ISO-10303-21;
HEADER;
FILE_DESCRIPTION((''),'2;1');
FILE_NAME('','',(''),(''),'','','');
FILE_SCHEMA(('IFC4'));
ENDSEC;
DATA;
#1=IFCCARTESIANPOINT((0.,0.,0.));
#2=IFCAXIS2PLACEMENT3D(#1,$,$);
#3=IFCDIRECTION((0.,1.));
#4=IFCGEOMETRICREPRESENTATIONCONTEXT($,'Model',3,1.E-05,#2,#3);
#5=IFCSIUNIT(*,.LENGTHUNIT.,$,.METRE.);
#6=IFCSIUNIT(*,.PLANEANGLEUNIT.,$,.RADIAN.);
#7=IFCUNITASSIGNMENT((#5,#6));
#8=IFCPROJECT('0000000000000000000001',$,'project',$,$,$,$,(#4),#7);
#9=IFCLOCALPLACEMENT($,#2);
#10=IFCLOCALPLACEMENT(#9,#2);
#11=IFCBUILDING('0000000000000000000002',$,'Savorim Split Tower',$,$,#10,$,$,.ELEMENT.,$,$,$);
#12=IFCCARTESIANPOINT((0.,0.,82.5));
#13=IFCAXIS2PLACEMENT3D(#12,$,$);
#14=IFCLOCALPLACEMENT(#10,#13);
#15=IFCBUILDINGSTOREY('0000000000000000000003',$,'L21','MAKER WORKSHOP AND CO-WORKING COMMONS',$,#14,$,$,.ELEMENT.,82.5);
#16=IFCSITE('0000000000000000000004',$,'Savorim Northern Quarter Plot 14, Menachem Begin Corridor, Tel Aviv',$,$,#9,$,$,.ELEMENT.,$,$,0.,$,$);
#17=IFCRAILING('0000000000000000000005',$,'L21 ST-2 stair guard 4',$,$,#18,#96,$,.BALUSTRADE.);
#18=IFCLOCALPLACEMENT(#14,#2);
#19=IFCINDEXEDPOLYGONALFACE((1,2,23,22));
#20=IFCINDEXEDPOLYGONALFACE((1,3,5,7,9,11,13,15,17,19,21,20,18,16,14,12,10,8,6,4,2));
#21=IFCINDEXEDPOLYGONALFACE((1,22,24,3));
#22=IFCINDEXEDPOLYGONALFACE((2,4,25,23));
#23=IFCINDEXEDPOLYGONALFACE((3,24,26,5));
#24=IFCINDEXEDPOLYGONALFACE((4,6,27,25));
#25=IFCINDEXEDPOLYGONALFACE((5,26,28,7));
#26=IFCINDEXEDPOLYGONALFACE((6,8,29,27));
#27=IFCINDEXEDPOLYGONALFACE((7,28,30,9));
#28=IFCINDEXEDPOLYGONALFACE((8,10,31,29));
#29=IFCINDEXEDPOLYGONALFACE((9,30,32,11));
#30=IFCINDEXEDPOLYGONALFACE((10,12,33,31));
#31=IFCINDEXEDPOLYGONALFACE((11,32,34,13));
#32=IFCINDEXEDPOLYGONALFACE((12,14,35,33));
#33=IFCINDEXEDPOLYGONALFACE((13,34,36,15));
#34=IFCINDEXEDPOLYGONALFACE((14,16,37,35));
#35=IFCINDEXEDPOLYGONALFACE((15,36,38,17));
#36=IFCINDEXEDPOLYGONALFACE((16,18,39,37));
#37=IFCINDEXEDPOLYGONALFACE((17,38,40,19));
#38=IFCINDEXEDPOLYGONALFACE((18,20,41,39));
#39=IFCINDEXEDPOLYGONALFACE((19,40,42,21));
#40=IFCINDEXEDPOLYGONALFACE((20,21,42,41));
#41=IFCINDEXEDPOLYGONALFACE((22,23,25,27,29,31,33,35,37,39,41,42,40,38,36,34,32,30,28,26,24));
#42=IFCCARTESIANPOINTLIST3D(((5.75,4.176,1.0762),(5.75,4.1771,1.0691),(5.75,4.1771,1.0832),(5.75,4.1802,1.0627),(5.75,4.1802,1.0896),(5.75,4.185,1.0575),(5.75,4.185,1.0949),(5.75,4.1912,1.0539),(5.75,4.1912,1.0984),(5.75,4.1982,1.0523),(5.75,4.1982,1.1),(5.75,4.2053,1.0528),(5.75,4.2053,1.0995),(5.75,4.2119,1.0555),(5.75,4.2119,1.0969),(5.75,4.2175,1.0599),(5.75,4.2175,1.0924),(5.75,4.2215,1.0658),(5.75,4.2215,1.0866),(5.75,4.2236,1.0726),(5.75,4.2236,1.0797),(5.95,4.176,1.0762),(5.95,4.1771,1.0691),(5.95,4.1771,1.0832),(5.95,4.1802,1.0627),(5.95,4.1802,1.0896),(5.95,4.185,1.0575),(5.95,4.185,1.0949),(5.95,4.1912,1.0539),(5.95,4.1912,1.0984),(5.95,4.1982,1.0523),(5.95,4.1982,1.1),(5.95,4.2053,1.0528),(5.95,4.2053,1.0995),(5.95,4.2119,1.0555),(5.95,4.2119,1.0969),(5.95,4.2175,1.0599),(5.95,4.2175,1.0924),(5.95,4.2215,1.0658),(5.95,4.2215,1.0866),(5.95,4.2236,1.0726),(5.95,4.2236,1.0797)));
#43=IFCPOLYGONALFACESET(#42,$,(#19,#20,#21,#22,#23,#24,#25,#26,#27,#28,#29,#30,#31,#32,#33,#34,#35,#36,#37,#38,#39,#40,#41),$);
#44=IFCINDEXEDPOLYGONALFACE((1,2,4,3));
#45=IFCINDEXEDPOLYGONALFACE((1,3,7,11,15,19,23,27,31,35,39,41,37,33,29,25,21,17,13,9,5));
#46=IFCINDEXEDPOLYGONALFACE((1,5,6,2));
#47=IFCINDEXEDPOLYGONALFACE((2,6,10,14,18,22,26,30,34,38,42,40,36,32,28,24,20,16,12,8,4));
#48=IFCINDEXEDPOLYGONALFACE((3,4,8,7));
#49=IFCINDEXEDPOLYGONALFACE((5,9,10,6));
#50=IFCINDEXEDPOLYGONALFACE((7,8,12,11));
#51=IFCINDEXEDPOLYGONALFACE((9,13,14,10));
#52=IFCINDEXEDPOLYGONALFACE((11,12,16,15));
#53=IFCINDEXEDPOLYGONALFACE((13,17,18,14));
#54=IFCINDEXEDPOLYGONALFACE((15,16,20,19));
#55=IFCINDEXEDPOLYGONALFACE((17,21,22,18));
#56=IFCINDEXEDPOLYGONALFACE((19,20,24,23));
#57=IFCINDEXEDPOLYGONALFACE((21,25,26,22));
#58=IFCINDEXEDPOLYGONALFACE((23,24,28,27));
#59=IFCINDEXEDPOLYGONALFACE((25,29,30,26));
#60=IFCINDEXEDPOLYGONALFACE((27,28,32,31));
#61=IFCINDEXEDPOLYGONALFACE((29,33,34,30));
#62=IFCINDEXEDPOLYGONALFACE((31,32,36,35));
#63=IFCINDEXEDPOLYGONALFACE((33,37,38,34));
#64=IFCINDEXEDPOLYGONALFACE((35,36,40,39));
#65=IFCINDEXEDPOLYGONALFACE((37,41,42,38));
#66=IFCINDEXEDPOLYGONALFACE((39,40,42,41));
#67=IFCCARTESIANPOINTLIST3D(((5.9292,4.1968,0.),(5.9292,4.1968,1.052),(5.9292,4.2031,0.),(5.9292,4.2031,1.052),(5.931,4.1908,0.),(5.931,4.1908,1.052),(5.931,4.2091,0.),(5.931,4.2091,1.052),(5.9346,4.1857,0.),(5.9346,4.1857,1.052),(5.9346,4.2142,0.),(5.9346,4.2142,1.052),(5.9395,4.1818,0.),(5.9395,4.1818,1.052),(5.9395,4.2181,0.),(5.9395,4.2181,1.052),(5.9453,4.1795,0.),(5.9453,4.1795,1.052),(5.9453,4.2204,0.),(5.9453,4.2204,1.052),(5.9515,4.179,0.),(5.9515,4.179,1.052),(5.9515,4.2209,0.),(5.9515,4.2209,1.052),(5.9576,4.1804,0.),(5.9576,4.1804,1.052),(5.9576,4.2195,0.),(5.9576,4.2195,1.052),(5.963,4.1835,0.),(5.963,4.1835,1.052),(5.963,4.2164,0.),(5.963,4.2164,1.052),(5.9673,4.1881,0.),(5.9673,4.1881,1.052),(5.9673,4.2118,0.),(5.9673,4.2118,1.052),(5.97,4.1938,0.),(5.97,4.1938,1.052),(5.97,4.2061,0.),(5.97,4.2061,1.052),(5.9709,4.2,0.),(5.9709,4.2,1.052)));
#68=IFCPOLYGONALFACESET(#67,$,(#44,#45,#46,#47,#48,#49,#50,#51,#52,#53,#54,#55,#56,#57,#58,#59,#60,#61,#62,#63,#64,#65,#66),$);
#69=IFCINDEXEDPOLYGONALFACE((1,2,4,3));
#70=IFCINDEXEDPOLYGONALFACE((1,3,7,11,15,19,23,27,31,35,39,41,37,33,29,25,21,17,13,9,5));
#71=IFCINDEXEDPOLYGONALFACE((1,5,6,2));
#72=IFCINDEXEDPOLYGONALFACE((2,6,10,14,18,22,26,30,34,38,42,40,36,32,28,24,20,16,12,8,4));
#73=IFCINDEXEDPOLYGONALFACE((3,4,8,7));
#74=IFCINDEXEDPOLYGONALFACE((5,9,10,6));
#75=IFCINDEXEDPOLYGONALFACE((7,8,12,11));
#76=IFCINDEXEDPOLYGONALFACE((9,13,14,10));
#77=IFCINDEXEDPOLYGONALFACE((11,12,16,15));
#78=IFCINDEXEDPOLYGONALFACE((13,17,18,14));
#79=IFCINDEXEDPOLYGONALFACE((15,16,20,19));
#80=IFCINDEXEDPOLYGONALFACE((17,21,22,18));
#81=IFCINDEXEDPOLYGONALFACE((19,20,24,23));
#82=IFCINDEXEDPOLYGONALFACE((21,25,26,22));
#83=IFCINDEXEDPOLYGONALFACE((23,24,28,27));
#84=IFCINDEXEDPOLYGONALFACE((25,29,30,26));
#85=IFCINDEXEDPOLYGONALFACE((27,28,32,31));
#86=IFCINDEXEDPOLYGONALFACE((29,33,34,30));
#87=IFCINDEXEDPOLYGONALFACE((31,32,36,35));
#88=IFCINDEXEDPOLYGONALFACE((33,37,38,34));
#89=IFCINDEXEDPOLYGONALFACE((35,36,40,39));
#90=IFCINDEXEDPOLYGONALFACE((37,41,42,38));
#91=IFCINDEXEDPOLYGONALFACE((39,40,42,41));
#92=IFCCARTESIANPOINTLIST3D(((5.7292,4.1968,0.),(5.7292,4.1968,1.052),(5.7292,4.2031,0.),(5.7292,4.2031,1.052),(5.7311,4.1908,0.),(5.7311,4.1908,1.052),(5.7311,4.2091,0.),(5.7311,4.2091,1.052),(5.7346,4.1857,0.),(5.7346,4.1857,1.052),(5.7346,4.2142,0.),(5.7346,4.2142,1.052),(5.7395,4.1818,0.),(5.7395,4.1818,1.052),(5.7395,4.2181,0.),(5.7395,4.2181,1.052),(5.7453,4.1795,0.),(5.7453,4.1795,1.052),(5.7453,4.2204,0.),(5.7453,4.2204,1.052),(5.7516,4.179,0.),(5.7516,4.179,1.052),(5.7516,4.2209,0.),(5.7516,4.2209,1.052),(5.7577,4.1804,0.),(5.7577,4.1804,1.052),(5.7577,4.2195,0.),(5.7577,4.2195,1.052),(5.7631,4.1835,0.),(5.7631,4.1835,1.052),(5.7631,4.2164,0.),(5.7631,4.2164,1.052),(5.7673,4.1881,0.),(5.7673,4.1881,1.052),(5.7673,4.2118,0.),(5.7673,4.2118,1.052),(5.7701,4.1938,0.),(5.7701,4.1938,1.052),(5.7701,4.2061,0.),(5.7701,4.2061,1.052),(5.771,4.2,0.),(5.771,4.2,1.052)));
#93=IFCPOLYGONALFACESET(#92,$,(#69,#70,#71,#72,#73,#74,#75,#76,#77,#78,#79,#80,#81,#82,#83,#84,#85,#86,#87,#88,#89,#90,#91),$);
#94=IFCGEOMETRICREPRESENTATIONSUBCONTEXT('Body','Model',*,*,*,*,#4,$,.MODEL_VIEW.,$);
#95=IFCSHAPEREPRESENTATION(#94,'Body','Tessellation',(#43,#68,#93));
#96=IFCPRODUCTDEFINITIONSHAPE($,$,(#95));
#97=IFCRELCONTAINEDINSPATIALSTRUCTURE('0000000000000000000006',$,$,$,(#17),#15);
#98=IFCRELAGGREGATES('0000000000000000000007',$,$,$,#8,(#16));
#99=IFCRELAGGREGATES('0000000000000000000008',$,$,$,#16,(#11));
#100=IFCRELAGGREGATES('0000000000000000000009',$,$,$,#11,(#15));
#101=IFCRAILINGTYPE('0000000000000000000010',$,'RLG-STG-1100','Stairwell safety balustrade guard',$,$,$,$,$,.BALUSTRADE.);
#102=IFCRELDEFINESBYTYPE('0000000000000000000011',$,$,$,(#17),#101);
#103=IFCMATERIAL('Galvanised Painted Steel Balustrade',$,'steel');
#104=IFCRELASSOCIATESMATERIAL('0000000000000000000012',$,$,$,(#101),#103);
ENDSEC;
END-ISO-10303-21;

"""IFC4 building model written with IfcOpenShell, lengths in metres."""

from ifc_helpers import new_model, si_unit, direction, frame, origin, origin_2d, place, context, subcontext, project, spatial, circle, extrude, material, type_object, element, save


model = new_model("IFC4")

# Units and contexts
model_context = context("Model", 3, precision=1e-05, world=origin(), true_north=direction((0.0, 1.0)))
body_context = subcontext(model_context, "Body", "Model", "MODEL_VIEW")
ifc_project = project(units=[si_unit("LENGTHUNIT", "METRE"), si_unit("PLANEANGLEUNIT", "RADIAN")], contexts=[model_context])

# Site, building, storey
site_placement = place(None, origin())
site = spatial("IfcSite", under=ifc_project, at=site_placement, Name="Savorim Northern Quarter Plot 14, Menachem Begin Corridor, Tel Aviv", CompositionType="ELEMENT", RefElevation=0.0)
building_placement = place(site_placement, origin())
building = spatial("IfcBuilding", under=site, at=building_placement, Name="Savorim Split Tower", CompositionType="ELEMENT")
storey_placement = place(building_placement, frame((0.0, 0.0, 82.5)))
storey = spatial("IfcBuildingStorey", under=building, at=storey_placement, Name="L21", Description="MAKER WORKSHOP AND CO-WORKING COMMONS", CompositionType="ELEMENT", Elevation=82.5)

# Railing
ifc_material_1 = material(Name="Galvanised Painted Steel Balustrade", Category="steel")
railing_type_1 = type_object("IfcRailingType", Name="RLG-STG-1100", Description="Stairwell safety balustrade guard", PredefinedType="BALUSTRADE", material=ifc_material_1)
railing_1_placement = place(storey_placement, frame((5.95, 4.2, 0.0)))
element("IfcRailing", 1, at=railing_1_placement, inside=storey, type_object=railing_type_1, Name="L21 ST-2 stair guard 4", PredefinedType="BALUSTRADE", context=body_context, shape_type="SweptSolid", body=[
    extrude(circle(Radius=0.0239, at=origin_2d()), frame((0.0, 0.0, 1.0762), z_axis=(-1.0, 0.0, 0.0), x_axis=(0.0, -1.0, 0.0)), (0.0, 0.0, 1.0), 0.2),
    extrude(circle(Radius=0.021, at=origin_2d()), origin(), (0.0, 0.0, 1.0), 1.052),
    extrude(circle(Radius=0.021, at=origin_2d()), frame((-0.2, 0.0, 0.0)), (0.0, 0.0, 1.0), 1.052),
])

save(model, "model.ifc")
